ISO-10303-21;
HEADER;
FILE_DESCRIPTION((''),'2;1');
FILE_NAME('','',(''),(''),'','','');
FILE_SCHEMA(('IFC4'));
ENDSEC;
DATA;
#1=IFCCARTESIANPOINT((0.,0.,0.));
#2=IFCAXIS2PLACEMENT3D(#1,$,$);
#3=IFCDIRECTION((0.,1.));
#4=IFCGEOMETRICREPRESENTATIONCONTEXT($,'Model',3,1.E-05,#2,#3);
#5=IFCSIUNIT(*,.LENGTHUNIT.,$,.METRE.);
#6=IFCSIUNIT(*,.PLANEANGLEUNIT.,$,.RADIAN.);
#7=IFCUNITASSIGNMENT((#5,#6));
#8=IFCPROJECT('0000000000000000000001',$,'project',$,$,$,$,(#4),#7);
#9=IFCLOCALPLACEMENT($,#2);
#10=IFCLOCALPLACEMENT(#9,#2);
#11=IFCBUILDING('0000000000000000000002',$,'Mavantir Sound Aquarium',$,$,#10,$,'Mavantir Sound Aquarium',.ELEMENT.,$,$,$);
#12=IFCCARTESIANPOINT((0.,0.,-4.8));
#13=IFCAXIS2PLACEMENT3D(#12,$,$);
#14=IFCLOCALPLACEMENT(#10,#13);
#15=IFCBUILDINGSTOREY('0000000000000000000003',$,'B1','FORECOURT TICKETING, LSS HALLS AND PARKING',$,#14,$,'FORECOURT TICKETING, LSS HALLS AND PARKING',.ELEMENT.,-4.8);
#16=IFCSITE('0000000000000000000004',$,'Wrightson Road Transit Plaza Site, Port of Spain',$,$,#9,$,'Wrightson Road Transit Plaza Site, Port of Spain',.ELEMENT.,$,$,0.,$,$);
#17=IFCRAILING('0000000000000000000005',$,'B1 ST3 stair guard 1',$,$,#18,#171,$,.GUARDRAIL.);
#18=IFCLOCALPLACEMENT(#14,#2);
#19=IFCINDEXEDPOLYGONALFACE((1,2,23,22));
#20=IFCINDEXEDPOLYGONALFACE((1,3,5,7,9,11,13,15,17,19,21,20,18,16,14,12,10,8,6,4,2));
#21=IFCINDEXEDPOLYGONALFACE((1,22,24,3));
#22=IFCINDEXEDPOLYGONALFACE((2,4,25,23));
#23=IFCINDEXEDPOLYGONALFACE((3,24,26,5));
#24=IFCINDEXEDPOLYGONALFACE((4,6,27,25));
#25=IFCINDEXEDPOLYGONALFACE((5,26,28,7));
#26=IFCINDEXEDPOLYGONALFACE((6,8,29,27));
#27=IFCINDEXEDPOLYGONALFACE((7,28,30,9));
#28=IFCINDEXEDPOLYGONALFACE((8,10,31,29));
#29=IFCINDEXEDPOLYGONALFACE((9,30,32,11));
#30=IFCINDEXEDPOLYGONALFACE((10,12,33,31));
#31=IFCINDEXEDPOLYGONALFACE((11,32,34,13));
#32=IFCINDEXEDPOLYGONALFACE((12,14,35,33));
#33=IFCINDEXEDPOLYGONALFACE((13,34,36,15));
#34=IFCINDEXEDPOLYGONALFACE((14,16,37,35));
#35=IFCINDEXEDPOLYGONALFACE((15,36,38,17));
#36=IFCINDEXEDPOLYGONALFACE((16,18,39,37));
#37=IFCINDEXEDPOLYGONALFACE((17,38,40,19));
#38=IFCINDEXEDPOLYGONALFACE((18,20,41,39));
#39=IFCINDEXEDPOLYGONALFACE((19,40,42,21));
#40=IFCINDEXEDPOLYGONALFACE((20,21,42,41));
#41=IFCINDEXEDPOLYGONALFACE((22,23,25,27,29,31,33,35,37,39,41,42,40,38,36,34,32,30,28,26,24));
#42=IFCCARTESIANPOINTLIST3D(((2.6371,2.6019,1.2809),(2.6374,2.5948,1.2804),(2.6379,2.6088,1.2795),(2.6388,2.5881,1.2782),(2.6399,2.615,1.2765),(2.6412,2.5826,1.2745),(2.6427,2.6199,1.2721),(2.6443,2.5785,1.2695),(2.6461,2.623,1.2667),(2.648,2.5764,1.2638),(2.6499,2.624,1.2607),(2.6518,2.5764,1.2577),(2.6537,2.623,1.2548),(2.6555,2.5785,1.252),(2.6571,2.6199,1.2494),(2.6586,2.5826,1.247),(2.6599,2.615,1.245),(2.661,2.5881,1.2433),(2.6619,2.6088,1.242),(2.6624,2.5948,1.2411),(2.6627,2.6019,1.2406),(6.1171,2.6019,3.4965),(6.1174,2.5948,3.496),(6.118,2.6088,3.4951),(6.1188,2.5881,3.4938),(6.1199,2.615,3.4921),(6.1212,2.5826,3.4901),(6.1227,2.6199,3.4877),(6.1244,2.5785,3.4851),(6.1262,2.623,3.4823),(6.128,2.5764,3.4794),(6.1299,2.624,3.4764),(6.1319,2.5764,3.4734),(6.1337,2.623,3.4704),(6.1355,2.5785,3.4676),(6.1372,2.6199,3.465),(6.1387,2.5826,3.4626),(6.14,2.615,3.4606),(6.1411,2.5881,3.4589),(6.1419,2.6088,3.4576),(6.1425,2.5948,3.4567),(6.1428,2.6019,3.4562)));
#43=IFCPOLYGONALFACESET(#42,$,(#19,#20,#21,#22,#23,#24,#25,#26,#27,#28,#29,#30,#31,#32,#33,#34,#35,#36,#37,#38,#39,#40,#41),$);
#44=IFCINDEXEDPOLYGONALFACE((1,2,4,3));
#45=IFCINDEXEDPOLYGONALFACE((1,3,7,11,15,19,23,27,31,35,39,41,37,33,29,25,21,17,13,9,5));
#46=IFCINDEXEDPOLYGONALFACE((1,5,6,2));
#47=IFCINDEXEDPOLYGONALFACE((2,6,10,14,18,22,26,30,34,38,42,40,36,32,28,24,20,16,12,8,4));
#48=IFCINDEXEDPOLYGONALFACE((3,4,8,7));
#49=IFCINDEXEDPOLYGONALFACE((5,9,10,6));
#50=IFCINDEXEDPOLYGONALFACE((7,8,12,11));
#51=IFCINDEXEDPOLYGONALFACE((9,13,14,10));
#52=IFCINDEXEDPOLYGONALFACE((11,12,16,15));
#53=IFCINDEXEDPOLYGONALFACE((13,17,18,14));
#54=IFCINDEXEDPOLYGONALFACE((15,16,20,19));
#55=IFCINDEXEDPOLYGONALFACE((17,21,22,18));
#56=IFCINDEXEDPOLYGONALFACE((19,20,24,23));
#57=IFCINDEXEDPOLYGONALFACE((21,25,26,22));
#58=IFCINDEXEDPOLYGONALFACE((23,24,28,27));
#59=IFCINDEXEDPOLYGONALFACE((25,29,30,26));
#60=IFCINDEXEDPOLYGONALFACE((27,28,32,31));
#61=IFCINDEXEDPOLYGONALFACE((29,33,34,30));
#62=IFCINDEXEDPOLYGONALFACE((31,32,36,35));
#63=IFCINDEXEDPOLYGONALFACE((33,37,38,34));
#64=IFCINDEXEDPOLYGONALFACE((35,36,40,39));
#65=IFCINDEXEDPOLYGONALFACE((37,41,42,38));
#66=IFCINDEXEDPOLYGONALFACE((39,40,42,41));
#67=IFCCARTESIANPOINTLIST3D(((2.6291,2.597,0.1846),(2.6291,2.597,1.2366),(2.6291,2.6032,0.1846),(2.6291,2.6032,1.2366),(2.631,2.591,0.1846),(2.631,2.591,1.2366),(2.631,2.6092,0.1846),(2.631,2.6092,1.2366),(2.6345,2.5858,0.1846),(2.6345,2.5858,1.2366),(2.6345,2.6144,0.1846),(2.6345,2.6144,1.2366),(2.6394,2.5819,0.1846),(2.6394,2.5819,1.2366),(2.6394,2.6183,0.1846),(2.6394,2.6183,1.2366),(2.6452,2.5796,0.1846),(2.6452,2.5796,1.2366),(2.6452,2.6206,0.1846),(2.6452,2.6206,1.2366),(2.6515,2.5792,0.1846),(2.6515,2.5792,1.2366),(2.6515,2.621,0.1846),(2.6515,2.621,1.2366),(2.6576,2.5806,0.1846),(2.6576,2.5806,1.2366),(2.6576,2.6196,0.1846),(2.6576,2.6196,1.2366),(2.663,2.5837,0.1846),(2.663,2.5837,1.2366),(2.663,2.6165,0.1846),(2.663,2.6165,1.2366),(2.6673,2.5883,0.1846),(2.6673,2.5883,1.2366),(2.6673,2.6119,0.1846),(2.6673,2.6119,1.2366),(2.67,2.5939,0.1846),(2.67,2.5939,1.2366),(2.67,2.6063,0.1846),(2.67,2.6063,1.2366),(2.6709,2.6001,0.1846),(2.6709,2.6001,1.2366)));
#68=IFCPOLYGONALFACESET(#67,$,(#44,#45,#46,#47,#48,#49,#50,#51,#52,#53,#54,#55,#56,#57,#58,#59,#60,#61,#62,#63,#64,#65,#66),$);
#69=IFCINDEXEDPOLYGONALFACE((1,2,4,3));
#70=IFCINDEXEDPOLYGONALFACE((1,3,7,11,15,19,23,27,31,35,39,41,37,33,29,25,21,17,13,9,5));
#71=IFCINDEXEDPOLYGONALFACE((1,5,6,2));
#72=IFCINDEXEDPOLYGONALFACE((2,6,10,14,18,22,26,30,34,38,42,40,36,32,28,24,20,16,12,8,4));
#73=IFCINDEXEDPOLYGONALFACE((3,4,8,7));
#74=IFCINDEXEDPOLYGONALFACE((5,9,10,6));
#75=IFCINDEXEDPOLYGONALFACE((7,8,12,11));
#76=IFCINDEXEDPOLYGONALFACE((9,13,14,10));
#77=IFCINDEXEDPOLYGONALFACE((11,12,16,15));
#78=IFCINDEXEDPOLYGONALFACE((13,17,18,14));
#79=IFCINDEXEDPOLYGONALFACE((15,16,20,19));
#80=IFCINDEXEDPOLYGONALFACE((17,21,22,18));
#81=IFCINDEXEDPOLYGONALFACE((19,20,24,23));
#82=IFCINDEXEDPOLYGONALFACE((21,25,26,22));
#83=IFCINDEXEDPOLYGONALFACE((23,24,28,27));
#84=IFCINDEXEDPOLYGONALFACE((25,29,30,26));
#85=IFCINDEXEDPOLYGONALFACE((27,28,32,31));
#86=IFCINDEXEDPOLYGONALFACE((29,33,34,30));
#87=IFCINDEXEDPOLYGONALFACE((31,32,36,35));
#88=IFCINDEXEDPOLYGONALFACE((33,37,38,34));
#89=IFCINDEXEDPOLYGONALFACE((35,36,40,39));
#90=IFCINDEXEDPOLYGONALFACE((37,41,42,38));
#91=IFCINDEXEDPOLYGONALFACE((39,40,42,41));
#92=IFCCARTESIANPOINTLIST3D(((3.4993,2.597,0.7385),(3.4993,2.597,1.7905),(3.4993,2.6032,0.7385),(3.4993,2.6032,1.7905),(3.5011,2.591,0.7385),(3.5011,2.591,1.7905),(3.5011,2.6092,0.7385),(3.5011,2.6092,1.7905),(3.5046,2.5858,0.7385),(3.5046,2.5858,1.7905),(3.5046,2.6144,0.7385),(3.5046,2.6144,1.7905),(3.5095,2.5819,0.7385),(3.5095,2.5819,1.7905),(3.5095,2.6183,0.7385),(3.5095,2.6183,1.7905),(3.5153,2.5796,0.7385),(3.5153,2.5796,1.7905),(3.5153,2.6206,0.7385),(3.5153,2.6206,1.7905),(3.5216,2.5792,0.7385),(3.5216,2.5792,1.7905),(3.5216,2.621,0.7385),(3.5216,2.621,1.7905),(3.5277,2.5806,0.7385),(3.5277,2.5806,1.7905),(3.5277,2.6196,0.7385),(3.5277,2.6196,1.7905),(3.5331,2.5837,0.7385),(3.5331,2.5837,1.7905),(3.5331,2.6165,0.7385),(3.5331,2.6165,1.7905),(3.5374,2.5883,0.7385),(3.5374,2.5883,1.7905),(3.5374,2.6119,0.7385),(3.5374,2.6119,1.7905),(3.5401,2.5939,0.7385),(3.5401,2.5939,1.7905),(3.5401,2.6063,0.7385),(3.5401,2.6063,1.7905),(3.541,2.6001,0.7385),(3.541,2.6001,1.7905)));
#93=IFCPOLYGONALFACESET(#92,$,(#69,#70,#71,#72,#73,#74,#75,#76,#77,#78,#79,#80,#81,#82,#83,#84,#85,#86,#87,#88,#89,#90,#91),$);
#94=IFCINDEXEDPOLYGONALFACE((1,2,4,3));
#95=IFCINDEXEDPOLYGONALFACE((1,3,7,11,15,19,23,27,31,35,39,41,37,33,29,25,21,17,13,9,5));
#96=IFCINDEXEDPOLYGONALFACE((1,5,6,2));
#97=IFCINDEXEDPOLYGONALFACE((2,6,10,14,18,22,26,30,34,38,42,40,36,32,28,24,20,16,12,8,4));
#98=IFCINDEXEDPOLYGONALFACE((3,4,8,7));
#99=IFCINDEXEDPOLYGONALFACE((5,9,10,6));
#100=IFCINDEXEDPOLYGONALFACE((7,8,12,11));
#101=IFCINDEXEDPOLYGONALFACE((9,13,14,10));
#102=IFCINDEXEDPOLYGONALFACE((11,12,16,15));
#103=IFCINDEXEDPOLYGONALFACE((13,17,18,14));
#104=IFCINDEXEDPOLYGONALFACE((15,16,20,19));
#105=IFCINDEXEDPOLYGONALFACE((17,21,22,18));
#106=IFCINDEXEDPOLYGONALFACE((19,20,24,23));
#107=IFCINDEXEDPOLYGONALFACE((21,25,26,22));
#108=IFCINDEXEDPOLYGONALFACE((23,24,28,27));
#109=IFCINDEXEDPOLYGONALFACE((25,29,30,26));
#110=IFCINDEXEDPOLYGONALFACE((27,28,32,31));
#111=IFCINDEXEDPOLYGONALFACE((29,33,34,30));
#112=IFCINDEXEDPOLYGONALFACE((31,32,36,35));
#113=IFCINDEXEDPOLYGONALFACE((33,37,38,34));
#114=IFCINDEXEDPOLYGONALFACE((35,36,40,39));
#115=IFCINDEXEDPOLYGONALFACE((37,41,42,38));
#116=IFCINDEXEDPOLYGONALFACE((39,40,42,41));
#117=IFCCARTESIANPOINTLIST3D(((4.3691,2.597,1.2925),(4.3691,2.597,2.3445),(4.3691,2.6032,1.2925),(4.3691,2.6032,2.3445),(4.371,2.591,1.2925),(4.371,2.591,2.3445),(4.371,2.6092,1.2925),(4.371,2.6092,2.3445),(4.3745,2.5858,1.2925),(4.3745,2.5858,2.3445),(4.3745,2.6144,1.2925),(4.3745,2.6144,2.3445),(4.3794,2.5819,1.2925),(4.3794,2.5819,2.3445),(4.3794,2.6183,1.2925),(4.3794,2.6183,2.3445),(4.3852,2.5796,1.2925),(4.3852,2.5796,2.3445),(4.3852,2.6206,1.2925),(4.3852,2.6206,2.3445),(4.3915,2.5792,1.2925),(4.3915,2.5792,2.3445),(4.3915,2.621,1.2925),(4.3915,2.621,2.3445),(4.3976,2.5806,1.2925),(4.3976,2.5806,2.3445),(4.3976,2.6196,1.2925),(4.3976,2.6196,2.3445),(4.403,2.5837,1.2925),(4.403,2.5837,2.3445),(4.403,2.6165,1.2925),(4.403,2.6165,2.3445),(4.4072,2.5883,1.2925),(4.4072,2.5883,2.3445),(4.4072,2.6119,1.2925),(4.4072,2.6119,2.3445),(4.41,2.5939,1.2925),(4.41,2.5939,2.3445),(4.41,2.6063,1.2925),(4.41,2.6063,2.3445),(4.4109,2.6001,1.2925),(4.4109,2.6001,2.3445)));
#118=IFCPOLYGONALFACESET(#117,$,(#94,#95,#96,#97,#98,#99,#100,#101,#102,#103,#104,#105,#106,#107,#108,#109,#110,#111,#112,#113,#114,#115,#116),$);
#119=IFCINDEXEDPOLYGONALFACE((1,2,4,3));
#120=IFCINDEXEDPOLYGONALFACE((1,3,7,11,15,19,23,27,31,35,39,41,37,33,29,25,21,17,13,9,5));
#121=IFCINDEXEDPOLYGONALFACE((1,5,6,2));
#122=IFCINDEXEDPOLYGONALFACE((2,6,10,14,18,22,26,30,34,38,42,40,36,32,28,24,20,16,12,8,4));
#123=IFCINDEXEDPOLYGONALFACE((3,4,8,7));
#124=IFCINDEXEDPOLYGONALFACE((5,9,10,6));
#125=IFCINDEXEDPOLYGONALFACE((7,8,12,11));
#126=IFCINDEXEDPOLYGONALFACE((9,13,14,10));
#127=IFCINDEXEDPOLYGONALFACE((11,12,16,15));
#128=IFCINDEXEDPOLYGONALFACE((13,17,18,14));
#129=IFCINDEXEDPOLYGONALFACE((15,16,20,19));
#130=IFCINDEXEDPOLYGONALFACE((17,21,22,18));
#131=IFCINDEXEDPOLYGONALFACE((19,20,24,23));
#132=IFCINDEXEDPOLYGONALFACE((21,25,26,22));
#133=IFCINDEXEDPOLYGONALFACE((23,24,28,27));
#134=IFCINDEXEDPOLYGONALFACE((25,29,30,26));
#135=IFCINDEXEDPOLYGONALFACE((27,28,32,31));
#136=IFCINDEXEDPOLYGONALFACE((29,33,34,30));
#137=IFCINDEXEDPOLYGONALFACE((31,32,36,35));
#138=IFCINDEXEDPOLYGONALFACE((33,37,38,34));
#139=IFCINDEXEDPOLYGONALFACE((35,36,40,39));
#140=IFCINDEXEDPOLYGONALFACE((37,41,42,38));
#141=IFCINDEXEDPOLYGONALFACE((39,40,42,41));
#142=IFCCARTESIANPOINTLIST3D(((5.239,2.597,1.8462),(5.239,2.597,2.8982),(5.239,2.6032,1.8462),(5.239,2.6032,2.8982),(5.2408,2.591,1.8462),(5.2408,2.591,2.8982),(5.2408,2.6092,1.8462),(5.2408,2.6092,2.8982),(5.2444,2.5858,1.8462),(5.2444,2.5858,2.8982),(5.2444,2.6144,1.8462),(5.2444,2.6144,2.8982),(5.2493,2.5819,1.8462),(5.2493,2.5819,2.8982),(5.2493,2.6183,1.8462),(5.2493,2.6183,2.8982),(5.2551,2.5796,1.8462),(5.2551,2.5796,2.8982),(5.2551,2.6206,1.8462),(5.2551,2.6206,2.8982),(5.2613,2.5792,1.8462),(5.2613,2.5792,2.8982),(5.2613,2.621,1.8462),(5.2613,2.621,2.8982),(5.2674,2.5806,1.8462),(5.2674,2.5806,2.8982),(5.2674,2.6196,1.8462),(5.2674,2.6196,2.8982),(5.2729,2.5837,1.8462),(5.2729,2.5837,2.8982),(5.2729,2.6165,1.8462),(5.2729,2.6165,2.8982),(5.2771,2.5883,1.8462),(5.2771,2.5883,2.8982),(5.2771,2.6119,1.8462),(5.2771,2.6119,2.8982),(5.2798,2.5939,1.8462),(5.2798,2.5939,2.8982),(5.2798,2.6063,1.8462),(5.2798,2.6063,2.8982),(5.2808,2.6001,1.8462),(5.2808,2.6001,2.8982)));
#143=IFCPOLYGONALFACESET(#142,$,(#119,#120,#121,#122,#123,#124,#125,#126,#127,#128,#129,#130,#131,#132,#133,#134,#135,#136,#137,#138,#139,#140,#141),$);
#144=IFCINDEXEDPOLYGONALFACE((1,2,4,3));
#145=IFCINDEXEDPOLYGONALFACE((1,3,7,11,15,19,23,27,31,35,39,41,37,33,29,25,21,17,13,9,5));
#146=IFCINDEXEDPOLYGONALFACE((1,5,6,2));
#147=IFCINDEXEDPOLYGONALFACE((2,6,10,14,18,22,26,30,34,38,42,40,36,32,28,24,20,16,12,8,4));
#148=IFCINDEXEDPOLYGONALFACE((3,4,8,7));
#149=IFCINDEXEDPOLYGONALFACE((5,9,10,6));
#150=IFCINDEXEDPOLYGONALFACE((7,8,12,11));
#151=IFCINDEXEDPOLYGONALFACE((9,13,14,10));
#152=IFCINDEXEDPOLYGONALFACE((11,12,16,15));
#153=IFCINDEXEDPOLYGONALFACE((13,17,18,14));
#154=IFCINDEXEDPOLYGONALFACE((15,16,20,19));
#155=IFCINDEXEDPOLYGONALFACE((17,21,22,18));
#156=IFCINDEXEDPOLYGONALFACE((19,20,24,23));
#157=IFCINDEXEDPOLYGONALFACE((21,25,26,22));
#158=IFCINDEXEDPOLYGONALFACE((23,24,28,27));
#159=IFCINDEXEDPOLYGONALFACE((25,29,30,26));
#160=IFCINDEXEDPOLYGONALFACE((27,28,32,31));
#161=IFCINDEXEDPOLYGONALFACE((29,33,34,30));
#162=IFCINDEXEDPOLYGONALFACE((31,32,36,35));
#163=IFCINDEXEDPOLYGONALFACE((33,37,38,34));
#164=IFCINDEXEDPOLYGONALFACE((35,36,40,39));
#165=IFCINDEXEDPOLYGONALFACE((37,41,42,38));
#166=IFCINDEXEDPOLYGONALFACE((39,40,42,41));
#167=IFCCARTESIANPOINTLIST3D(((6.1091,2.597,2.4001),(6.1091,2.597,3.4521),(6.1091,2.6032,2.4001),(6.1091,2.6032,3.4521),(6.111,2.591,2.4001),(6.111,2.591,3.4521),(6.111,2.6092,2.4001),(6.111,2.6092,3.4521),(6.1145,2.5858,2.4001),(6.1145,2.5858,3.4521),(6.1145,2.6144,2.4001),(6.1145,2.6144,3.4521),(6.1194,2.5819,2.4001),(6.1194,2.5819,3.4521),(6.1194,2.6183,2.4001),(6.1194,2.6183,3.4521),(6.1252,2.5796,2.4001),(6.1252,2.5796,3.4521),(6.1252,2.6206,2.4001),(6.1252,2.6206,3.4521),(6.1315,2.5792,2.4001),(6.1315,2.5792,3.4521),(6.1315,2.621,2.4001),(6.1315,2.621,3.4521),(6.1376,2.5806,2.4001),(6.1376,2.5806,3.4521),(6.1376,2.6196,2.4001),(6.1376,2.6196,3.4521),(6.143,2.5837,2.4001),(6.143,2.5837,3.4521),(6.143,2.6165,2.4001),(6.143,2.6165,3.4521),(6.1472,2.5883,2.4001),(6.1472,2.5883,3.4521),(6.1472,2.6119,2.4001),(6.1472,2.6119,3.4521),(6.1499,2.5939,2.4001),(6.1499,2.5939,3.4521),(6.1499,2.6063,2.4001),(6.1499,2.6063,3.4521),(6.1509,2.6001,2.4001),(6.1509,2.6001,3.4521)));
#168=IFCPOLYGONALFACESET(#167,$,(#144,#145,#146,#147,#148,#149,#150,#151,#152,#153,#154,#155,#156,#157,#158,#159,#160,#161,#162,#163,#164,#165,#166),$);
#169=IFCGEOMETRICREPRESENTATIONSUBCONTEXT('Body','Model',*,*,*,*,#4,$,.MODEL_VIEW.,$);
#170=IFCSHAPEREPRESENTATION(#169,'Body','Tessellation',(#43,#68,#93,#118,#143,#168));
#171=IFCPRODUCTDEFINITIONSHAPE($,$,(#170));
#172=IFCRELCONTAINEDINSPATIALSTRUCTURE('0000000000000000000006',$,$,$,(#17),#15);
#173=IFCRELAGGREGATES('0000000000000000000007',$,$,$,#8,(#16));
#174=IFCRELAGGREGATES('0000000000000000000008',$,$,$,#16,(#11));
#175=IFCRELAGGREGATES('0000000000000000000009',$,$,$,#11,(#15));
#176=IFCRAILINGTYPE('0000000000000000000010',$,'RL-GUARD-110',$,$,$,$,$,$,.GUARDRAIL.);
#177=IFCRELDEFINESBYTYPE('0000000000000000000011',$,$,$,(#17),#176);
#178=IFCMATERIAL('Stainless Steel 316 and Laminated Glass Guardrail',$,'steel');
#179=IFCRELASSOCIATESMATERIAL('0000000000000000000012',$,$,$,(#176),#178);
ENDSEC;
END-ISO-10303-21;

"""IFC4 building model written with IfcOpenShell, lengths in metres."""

from ifc_helpers import new_model, si_unit, direction, frame, origin, origin_2d, place, context, subcontext, project, spatial, circle, extrude, material, type_object, element, save


model = new_model("IFC4")

# Units and contexts
model_context = context("Model", 3, precision=1e-05, world=origin(), true_north=direction((0.0, 1.0)))
body_context = subcontext(model_context, "Body", "Model", "MODEL_VIEW")
ifc_project = project(units=[si_unit("LENGTHUNIT", "METRE"), si_unit("PLANEANGLEUNIT", "RADIAN")], contexts=[model_context])

# Site, building, storey
site_placement = place(None, origin())
site = spatial("IfcSite", under=ifc_project, at=site_placement, Name="Wrightson Road Transit Plaza Site, Port of Spain", LongName="Wrightson Road Transit Plaza Site, Port of Spain", CompositionType="ELEMENT", RefElevation=0.0)
building_placement = place(site_placement, origin())
building = spatial("IfcBuilding", under=site, at=building_placement, Name="Mavantir Sound Aquarium", LongName="Mavantir Sound Aquarium", CompositionType="ELEMENT")
storey_placement = place(building_placement, frame((0.0, 0.0, -4.8)))
storey = spatial("IfcBuildingStorey", under=building, at=storey_placement, Name="B1", Description="FORECOURT TICKETING, LSS HALLS AND PARKING", LongName="FORECOURT TICKETING, LSS HALLS AND PARKING", CompositionType="ELEMENT", Elevation=-4.8)

# Railing
ifc_material_1 = material(Name="Stainless Steel 316 and Laminated Glass Guardrail", Category="steel")
railing_type_1 = type_object("IfcRailingType", Name="RL-GUARD-110", PredefinedType="GUARDRAIL", material=ifc_material_1)
railing_1_placement = place(storey_placement, frame((2.6499, 2.6001, 0.1846)))
element("IfcRailing", 1, at=railing_1_placement, inside=storey, type_object=railing_type_1, Name="B1 ST3 stair guard 1", PredefinedType="GUARDRAIL", context=body_context, shape_type="SweptSolid", body=[
    extrude(circle(Radius=0.0239, at=origin_2d()), frame((0.0, 0.0, 1.0762), z_axis=(0.843547, 0.0, 0.537055), x_axis=(0.0, 1.0, 0.0)), (0.0, 0.0, 1.0), 4.1255),
    extrude(circle(Radius=0.021, at=origin_2d()), origin(), (0.0, 0.0, 1.0), 1.052),
    extrude(circle(Radius=0.021, at=origin_2d()), frame((0.8701, 0.0, 0.554)), (0.0, 0.0, 1.0), 1.052),
    extrude(circle(Radius=0.021, at=origin_2d()), frame((1.74, 0.0, 1.1079)), (0.0, 0.0, 1.0), 1.052),
    extrude(circle(Radius=0.021, at=origin_2d()), frame((2.6099, 0.0, 1.6616)), (0.0, 0.0, 1.0), 1.052),
    extrude(circle(Radius=0.021, at=origin_2d()), frame((3.48, 0.0, 2.2156)), (0.0, 0.0, 1.0), 1.052),
])

save(model, "model.ifc")
